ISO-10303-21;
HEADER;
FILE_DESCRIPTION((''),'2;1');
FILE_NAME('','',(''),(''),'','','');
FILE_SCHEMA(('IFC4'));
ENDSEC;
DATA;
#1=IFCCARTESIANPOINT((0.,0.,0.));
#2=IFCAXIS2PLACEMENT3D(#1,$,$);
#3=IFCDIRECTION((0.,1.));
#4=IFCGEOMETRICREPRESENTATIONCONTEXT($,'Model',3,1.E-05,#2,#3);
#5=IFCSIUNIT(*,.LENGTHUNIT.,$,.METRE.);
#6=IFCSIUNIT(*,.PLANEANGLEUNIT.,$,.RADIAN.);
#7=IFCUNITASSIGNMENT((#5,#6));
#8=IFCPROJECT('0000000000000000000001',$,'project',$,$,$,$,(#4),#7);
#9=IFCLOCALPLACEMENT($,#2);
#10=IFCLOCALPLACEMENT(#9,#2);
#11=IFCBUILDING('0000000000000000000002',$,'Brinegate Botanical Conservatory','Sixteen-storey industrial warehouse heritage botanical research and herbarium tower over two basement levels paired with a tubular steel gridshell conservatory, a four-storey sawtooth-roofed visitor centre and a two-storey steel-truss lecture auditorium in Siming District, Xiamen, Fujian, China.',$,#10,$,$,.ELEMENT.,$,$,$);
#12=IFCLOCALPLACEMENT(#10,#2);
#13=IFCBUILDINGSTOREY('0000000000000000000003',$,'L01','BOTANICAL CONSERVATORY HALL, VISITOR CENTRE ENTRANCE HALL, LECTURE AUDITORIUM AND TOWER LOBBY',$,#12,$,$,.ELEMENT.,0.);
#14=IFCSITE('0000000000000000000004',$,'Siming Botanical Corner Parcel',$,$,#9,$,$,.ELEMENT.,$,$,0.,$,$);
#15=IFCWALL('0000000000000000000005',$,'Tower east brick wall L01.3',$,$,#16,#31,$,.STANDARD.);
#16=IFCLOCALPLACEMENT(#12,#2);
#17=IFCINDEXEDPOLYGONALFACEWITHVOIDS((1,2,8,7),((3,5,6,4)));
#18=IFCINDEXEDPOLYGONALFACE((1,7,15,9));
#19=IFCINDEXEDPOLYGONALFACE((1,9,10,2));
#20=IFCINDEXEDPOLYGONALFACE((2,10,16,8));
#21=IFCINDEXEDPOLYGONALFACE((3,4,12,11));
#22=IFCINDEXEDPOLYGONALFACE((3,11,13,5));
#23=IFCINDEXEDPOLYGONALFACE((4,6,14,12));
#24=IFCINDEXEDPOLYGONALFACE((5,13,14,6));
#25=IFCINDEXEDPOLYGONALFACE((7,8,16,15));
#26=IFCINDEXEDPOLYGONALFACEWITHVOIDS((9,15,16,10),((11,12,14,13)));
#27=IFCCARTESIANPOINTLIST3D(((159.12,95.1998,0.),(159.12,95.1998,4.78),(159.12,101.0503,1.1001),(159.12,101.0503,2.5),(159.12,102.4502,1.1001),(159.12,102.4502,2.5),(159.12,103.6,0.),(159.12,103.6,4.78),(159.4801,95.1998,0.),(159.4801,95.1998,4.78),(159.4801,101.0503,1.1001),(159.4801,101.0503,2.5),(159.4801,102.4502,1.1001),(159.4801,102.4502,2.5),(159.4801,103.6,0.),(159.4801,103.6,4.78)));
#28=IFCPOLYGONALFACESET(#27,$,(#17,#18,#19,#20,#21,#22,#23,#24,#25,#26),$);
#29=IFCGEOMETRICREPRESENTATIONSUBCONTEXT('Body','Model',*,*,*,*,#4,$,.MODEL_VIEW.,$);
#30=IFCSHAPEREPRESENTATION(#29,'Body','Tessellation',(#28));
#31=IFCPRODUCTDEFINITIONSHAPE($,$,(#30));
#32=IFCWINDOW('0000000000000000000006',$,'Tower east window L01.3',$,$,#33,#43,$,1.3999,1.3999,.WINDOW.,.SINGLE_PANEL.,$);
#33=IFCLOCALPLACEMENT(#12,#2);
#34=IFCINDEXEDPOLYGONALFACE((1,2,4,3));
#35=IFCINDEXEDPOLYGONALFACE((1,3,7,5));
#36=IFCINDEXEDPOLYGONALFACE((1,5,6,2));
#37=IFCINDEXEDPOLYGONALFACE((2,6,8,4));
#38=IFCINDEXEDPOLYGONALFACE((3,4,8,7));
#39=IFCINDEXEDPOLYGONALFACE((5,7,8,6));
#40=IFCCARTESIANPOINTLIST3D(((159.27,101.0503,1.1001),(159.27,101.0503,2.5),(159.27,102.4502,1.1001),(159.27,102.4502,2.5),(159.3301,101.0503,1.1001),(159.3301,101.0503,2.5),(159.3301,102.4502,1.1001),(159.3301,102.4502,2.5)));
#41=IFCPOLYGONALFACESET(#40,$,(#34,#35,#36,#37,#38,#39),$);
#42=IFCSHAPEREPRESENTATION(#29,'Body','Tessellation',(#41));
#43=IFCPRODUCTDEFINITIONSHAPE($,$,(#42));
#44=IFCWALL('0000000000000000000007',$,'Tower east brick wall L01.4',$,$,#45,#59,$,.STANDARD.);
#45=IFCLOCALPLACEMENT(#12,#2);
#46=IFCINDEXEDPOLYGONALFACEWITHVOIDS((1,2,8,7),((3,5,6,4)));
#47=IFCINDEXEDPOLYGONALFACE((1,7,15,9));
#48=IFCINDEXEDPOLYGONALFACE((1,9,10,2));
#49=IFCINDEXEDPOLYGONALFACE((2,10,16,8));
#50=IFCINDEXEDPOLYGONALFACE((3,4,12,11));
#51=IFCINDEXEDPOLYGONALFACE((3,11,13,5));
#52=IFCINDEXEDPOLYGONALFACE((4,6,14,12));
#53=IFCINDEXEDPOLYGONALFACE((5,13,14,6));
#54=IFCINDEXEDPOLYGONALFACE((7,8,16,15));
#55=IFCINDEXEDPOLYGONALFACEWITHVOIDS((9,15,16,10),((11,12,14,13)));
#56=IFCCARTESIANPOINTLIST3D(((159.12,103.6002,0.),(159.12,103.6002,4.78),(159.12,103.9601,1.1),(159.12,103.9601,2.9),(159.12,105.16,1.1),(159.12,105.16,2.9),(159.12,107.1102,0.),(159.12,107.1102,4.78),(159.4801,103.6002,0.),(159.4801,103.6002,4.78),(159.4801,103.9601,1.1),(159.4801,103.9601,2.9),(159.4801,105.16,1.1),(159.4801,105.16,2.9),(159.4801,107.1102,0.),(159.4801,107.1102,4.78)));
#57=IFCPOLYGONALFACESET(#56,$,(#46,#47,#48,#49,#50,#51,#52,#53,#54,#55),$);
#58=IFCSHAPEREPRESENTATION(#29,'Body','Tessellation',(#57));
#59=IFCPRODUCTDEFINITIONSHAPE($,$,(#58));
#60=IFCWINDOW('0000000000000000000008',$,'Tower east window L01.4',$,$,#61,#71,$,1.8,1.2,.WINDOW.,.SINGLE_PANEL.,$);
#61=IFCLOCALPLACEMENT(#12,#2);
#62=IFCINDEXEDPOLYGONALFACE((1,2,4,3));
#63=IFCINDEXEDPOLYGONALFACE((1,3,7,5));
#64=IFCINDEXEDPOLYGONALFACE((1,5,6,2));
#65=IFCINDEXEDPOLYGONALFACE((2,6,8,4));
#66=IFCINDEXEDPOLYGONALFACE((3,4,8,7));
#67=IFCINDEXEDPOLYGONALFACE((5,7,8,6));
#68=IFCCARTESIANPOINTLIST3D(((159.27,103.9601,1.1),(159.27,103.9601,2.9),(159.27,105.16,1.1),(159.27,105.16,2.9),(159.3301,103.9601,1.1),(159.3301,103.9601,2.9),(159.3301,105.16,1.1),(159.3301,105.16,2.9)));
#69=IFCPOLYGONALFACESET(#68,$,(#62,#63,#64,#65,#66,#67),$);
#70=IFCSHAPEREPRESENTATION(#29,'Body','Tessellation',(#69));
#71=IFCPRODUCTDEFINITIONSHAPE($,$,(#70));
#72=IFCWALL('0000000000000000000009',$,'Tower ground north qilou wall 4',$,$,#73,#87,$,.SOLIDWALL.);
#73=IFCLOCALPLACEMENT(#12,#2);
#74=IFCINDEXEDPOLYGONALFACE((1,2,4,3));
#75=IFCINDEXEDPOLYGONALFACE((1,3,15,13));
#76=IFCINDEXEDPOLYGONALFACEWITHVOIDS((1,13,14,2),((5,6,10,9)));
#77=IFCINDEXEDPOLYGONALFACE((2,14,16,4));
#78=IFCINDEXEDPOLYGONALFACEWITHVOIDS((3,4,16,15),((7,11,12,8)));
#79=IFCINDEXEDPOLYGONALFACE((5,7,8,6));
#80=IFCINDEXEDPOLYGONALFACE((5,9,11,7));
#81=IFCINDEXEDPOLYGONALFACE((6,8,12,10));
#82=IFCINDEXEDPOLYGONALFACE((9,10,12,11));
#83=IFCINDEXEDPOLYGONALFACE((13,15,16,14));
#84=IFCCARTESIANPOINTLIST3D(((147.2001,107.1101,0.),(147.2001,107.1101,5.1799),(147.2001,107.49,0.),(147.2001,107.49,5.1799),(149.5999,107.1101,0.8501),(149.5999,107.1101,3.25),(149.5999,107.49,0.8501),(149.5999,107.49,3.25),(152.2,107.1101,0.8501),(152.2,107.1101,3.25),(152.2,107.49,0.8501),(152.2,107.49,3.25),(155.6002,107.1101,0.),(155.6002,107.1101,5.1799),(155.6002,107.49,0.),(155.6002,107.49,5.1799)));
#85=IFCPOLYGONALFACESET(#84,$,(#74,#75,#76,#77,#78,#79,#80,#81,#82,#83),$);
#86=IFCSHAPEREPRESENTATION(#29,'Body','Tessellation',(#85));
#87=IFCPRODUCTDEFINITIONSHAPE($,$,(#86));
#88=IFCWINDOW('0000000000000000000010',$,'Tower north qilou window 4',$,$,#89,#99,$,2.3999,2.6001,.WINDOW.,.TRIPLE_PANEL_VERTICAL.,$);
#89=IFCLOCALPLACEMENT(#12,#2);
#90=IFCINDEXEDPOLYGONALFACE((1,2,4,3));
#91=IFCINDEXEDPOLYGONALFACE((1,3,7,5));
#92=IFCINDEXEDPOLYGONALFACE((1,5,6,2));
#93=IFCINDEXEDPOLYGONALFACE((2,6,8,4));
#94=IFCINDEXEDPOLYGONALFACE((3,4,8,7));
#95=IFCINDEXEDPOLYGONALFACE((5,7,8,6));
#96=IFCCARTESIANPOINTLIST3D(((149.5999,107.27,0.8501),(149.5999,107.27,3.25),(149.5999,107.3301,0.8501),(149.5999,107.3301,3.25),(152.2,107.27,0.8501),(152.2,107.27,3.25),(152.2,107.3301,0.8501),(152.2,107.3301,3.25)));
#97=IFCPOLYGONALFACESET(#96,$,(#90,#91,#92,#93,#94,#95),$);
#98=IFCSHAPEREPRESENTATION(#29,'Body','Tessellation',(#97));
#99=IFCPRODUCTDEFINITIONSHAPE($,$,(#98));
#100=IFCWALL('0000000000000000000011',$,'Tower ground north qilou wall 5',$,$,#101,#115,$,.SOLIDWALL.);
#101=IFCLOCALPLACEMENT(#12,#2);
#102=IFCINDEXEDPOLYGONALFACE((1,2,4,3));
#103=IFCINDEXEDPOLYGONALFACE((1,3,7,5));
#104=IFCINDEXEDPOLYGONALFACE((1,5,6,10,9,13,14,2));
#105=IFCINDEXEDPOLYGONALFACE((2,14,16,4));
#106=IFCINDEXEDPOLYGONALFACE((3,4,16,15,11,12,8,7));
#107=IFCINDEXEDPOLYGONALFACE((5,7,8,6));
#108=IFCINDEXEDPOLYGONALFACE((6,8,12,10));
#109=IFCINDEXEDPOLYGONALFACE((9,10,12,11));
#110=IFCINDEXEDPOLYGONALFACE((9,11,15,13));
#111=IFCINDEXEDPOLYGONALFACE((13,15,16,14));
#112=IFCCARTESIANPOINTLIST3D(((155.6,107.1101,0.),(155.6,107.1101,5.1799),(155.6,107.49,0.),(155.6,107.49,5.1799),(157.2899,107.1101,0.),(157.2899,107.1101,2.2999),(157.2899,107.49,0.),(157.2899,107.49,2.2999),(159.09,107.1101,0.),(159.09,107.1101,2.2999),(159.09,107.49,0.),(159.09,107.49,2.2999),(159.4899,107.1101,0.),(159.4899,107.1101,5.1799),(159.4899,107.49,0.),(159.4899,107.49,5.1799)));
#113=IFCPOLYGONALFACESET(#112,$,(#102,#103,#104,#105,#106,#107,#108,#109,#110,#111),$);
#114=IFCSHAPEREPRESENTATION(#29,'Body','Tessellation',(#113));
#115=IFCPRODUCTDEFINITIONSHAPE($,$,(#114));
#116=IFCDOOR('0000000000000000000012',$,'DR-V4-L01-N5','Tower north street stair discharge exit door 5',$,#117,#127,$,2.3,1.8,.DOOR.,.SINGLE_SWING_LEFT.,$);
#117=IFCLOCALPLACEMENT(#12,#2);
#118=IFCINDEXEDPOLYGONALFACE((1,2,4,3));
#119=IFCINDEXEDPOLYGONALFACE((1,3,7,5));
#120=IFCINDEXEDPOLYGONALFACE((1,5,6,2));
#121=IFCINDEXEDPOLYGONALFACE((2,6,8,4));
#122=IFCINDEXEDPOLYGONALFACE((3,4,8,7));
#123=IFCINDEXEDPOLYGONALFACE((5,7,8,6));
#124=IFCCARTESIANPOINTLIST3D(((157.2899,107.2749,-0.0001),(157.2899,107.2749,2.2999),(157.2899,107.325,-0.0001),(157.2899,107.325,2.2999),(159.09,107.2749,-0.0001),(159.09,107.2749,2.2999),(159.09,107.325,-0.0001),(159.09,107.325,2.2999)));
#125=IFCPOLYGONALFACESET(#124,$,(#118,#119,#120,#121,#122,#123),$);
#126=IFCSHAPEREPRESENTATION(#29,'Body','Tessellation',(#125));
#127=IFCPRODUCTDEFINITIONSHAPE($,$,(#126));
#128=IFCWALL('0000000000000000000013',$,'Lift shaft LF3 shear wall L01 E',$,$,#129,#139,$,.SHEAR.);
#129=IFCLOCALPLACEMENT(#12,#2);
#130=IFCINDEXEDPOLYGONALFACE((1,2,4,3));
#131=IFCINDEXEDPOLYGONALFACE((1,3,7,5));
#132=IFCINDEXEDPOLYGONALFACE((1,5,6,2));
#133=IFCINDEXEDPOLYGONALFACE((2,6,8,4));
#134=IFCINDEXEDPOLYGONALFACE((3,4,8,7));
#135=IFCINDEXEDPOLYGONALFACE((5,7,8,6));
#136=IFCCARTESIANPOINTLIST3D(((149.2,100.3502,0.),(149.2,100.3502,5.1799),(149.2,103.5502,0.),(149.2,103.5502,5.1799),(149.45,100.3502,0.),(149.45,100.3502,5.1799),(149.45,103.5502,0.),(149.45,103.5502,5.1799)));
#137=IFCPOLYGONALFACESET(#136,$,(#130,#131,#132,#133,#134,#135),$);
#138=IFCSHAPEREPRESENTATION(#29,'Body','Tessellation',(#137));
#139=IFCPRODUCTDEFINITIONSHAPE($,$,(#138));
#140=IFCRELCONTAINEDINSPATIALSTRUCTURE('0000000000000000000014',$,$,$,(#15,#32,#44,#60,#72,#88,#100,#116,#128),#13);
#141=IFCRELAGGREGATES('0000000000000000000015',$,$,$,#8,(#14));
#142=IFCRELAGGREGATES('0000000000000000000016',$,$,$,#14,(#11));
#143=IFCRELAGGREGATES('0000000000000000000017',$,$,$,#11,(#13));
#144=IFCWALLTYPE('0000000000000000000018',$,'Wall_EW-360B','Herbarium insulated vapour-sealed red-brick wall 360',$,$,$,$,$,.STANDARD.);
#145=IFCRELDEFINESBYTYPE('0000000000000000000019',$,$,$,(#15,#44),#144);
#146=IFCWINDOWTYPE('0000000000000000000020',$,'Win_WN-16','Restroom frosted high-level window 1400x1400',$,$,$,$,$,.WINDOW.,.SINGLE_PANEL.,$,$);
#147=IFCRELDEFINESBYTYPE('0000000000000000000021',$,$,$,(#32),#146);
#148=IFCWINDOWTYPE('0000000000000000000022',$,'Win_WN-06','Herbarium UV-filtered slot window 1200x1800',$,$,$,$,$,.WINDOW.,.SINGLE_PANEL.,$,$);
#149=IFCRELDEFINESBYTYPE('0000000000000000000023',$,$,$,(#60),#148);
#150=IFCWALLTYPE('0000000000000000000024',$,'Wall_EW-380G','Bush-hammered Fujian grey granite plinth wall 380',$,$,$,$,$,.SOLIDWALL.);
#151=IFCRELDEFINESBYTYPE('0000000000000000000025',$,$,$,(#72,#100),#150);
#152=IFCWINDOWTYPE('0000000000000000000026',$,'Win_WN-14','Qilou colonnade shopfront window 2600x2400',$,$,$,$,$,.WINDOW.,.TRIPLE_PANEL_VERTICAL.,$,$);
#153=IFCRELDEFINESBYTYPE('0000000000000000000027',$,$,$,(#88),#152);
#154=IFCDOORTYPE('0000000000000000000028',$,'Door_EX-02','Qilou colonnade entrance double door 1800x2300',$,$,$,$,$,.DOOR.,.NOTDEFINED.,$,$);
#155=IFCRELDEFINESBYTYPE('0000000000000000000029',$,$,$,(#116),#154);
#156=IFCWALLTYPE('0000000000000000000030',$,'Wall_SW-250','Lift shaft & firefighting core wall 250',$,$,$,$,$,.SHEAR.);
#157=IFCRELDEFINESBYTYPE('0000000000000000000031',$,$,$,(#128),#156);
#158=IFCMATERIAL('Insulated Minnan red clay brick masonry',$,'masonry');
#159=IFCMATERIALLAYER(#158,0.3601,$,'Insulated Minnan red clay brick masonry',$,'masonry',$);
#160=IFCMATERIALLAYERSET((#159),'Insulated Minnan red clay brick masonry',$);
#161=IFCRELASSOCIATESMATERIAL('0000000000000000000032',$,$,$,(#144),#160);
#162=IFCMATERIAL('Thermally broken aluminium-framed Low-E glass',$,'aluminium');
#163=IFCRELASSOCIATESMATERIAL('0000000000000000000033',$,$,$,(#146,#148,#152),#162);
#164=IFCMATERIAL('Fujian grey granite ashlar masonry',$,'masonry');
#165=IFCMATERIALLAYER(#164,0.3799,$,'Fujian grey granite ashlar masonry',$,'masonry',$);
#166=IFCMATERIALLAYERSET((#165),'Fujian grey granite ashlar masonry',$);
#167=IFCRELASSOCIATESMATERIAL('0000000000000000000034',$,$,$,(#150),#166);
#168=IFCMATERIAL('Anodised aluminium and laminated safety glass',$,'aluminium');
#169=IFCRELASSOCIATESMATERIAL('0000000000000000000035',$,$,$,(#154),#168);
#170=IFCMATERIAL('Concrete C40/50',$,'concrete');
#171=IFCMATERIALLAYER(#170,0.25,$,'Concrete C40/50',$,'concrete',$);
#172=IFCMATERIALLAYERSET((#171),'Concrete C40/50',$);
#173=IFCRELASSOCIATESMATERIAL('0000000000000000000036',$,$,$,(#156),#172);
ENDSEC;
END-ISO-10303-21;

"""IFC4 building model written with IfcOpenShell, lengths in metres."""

from ifc_helpers import new_model, si_unit, direction, frame, frame_2d, origin, place, context, subcontext, project, spatial, rectangle, extrude, material, layer, layer_set, type_object, element, fill, save


model = new_model("IFC4")

# Units and contexts
model_context = context("Model", 3, precision=1e-05, world=origin(), true_north=direction((0.0, 1.0)))
body_context = subcontext(model_context, "Body", "Model", "MODEL_VIEW")
ifc_project = project(units=[si_unit("LENGTHUNIT", "METRE"), si_unit("PLANEANGLEUNIT", "RADIAN")], contexts=[model_context])

# Site, building, storey
site_placement = place(None, origin())
site = spatial("IfcSite", under=ifc_project, at=site_placement, Name="Siming Botanical Corner Parcel", CompositionType="ELEMENT", RefElevation=0.0)
building_placement = place(site_placement, origin())
building = spatial("IfcBuilding", under=site, at=building_placement, Name="Brinegate Botanical Conservatory", Description="Sixteen-storey industrial warehouse heritage botanical research and herbarium tower over two basement levels paired with a tubular steel gridshell conservatory, a four-storey sawtooth-roofed visitor centre and a two-storey steel-truss lecture auditorium in Siming District, Xiamen, Fujian, China.", CompositionType="ELEMENT")
storey_placement = place(building_placement, origin())
storey = spatial("IfcBuildingStorey", under=building, at=storey_placement, Name="L01", Description="BOTANICAL CONSERVATORY HALL, VISITOR CENTRE ENTRANCE HALL, LECTURE AUDITORIUM AND TOWER LOBBY", CompositionType="ELEMENT", Elevation=0.0)

# Shared definitions
ifc_material_1 = material(Name="Concrete C40/50", Category="concrete")

# Walls, openings, windows
ifc_material_2 = material(Name="Insulated Minnan red clay brick masonry", Category="masonry")
ifc_layer_1 = layer(ifc_material_2, 0.3601, Name="Insulated Minnan red clay brick masonry", Category="masonry")
ifc_layer_set_1 = layer_set([ifc_layer_1], Name="Insulated Minnan red clay brick masonry")
wall_type_1 = type_object("IfcWallType", Name="Wall_EW-360B", Description="Herbarium insulated vapour-sealed red-brick wall 360", PredefinedType="STANDARD", material=ifc_layer_set_1)
wall_1_placement = place(storey_placement, frame((159.3, 103.6001, 0.0), z_axis=(0.0, 0.0, 1.0), x_axis=(0.0, -1.0, 0.0)))
wall_1 = element("IfcWall", 1, at=wall_1_placement, inside=storey, type_object=wall_type_1, Name="Tower east brick wall L01.3", PredefinedType="STANDARD", context=body_context, shape_type="SweptSolid", body=[
    extrude(rectangle(XDim=8.4001, YDim=0.3601, at=frame_2d((4.2002, 0.0))), origin(), (0.0, 0.0, 1.0), 4.78),
])
opening_1_placement = place(wall_1_placement, frame((1.1499, 0.0, 1.1001)))
opening_1 = element("IfcOpeningElement", 2, at=opening_1_placement, cuts=wall_1, PredefinedType="OPENING", context=body_context, shape_type="SweptSolid", body=[
    extrude(rectangle(XDim=1.3999, YDim=1.3999, at=frame_2d((0.7, 0.7))), frame((0.0, 0.1899, 0.0), z_axis=(0.0, -1.0, 0.0), x_axis=(1.0, 0.0, 0.0)), (0.0, 0.0, 1.0), 0.3801),
])
ifc_material_3 = material(Name="Thermally broken aluminium-framed Low-E glass", Category="aluminium")
window_type_1 = type_object("IfcWindowType", Name="Win_WN-16", Description="Restroom frosted high-level window 1400x1400", PartitioningType="SINGLE_PANEL", PredefinedType="WINDOW", material=ifc_material_3)
window_1_placement = place(opening_1_placement, origin())
window_1 = element("IfcWindow", 3, at=window_1_placement, inside=storey, type_object=window_type_1, Name="Tower east window L01.3", OverallHeight=1.3999, OverallWidth=1.3999, PartitioningType="SINGLE_PANEL", PredefinedType="WINDOW", context=body_context, shape_type="SweptSolid", body=[
    extrude(rectangle(XDim=1.3999, YDim=1.3999, at=frame_2d((0.7, 0.7))), frame((0.0, 0.03, 0.0), z_axis=(0.0, -1.0, 0.0), x_axis=(1.0, 0.0, 0.0)), (0.0, 0.0, 1.0), 0.0601),
])
fill(opening_1, window_1)
wall_2_placement = place(storey_placement, frame((159.3, 107.1101, 0.0), z_axis=(0.0, 0.0, 1.0), x_axis=(0.0, -1.0, 0.0)))
wall_2 = element("IfcWall", 4, at=wall_2_placement, inside=storey, type_object=wall_type_1, Name="Tower east brick wall L01.4", PredefinedType="STANDARD", context=body_context, shape_type="SweptSolid", body=[
    extrude(rectangle(XDim=3.51, YDim=0.3601, at=frame_2d((1.7549, 0.0))), origin(), (0.0, 0.0, 1.0), 4.78),
])
opening_2_placement = place(wall_2_placement, frame((1.95, 0.0, 1.1001)))
opening_2 = element("IfcOpeningElement", 5, at=opening_2_placement, cuts=wall_2, PredefinedType="OPENING", context=body_context, shape_type="SweptSolid", body=[
    extrude(rectangle(XDim=1.2, YDim=1.8, at=frame_2d((0.6001, 0.8999))), frame((0.0, 0.1899, 0.0), z_axis=(0.0, -1.0, 0.0), x_axis=(1.0, 0.0, 0.0)), (0.0, 0.0, 1.0), 0.3801),
])
window_type_2 = type_object("IfcWindowType", Name="Win_WN-06", Description="Herbarium UV-filtered slot window 1200x1800", PartitioningType="SINGLE_PANEL", PredefinedType="WINDOW", material=ifc_material_3)
window_2_placement = place(opening_2_placement, origin())
window_2 = element("IfcWindow", 6, at=window_2_placement, inside=storey, type_object=window_type_2, Name="Tower east window L01.4", OverallHeight=1.8, OverallWidth=1.2, PartitioningType="SINGLE_PANEL", PredefinedType="WINDOW", context=body_context, shape_type="SweptSolid", body=[
    extrude(rectangle(XDim=1.2, YDim=1.8, at=frame_2d((0.6001, 0.8999))), frame((0.0, 0.03, 0.0), z_axis=(0.0, -1.0, 0.0), x_axis=(1.0, 0.0, 0.0)), (0.0, 0.0, 1.0), 0.0601),
])
fill(opening_2, window_2)
ifc_material_4 = material(Name="Fujian grey granite ashlar masonry", Category="masonry")
ifc_layer_2 = layer(ifc_material_4, 0.3799, Name="Fujian grey granite ashlar masonry", Category="masonry")
ifc_layer_set_2 = layer_set([ifc_layer_2], Name="Fujian grey granite ashlar masonry")
wall_type_2 = type_object("IfcWallType", Name="Wall_EW-380G", Description="Bush-hammered Fujian grey granite plinth wall 380", PredefinedType="SOLIDWALL", material=ifc_layer_set_2)
wall_3_placement = place(storey_placement, frame((147.2, 107.3, 0.0), z_axis=(0.0, 0.0, 1.0), x_axis=(1.0, 0.0, 0.0)))
wall_3 = element("IfcWall", 7, at=wall_3_placement, inside=storey, type_object=wall_type_2, Name="Tower ground north qilou wall 4", PredefinedType="SOLIDWALL", context=body_context, shape_type="SweptSolid", body=[
    extrude(rectangle(XDim=8.4001, YDim=0.3799, at=frame_2d((4.2002, 0.0))), origin(), (0.0, 0.0, 1.0), 5.1799),
])
opening_3_placement = place(wall_3_placement, frame((2.3999, 0.0, 0.8501)))
opening_3 = element("IfcOpeningElement", 8, at=opening_3_placement, cuts=wall_3, PredefinedType="OPENING", context=body_context, shape_type="SweptSolid", body=[
    extrude(rectangle(XDim=2.6001, YDim=2.3999, at=frame_2d((1.3, 1.2))), frame((0.0, 0.2, 0.0), z_axis=(0.0, -1.0, 0.0), x_axis=(1.0, 0.0, 0.0)), (0.0, 0.0, 1.0), 0.3999),
])
window_type_3 = type_object("IfcWindowType", Name="Win_WN-14", Description="Qilou colonnade shopfront window 2600x2400", PartitioningType="TRIPLE_PANEL_VERTICAL", PredefinedType="WINDOW", material=ifc_material_3)
window_3_placement = place(opening_3_placement, origin())
window_3 = element("IfcWindow", 9, at=window_3_placement, inside=storey, type_object=window_type_3, Name="Tower north qilou window 4", OverallHeight=2.3999, OverallWidth=2.6001, PartitioningType="TRIPLE_PANEL_VERTICAL", PredefinedType="WINDOW", context=body_context, shape_type="SweptSolid", body=[
    extrude(rectangle(XDim=2.6001, YDim=2.3999, at=frame_2d((1.3, 1.2))), frame((0.0, 0.03, 0.0), z_axis=(0.0, -1.0, 0.0), x_axis=(1.0, 0.0, 0.0)), (0.0, 0.0, 1.0), 0.0601),
])
fill(opening_3, window_3)

# Wall, opening, door
wall_4_placement = place(storey_placement, frame((155.6001, 107.3, 0.0), z_axis=(0.0, 0.0, 1.0), x_axis=(1.0, 0.0, 0.0)))
wall_4 = element("IfcWall", 10, at=wall_4_placement, inside=storey, type_object=wall_type_2, Name="Tower ground north qilou wall 5", PredefinedType="SOLIDWALL", context=body_context, shape_type="SweptSolid", body=[
    extrude(rectangle(XDim=3.8899, YDim=0.3799, at=frame_2d((1.9448, 0.0))), origin(), (0.0, 0.0, 1.0), 5.1799),
])
opening_4_placement = place(wall_4_placement, frame((1.6899, 0.0, 0.0)))
opening_4 = element("IfcOpeningElement", 11, at=opening_4_placement, cuts=wall_4, PredefinedType="OPENING", context=body_context, shape_type="SweptSolid", body=[
    extrude(rectangle(XDim=1.8, YDim=2.3, at=frame_2d((0.8999, 1.1499))), frame((0.0, 0.2, 0.0), z_axis=(0.0, -1.0, 0.0), x_axis=(1.0, 0.0, 0.0)), (0.0, 0.0, 1.0), 0.3999),
])
ifc_material_5 = material(Name="Anodised aluminium and laminated safety glass", Category="aluminium")
door_type_1 = type_object("IfcDoorType", Name="Door_EX-02", Description="Qilou colonnade entrance double door 1800x2300", OperationType="NOTDEFINED", PredefinedType="DOOR", material=ifc_material_5)
door_1_placement = place(opening_4_placement, origin())
door_1 = element("IfcDoor", 12, at=door_1_placement, inside=storey, type_object=door_type_1, Name="DR-V4-L01-N5", Description="Tower north street stair discharge exit door 5", OperationType="SINGLE_SWING_LEFT", OverallHeight=2.3, OverallWidth=1.8, PredefinedType="DOOR", context=body_context, shape_type="SweptSolid", body=[
    extrude(rectangle(XDim=1.8, YDim=2.3, at=frame_2d((0.8999, 1.1499))), frame((0.0, 0.0249, 0.0), z_axis=(0.0, -1.0, 0.0), x_axis=(1.0, 0.0, 0.0)), (0.0, 0.0, 1.0), 0.05),
])
fill(opening_4, door_1)

# Wall
ifc_layer_3 = layer(ifc_material_1, 0.25, Name="Concrete C40/50", Category="concrete")
ifc_layer_set_3 = layer_set([ifc_layer_3], Name="Concrete C40/50")
wall_type_3 = type_object("IfcWallType", Name="Wall_SW-250", Description="Lift shaft & firefighting core wall 250", PredefinedType="SHEAR", material=ifc_layer_set_3)
wall_5_placement = place(storey_placement, frame((149.325, 100.3501, 0.0), z_axis=(0.0, 0.0, 1.0), x_axis=(0.0, 1.0, 0.0)))
element("IfcWall", 13, at=wall_5_placement, inside=storey, type_object=wall_type_3, Name="Lift shaft LF3 shear wall L01 E", PredefinedType="SHEAR", context=body_context, shape_type="SweptSolid", body=[
    extrude(rectangle(XDim=3.2, YDim=0.25, at=frame_2d((1.6001, 0.0))), origin(), (0.0, 0.0, 1.0), 5.1799),
])

save(model, "model.ifc")
